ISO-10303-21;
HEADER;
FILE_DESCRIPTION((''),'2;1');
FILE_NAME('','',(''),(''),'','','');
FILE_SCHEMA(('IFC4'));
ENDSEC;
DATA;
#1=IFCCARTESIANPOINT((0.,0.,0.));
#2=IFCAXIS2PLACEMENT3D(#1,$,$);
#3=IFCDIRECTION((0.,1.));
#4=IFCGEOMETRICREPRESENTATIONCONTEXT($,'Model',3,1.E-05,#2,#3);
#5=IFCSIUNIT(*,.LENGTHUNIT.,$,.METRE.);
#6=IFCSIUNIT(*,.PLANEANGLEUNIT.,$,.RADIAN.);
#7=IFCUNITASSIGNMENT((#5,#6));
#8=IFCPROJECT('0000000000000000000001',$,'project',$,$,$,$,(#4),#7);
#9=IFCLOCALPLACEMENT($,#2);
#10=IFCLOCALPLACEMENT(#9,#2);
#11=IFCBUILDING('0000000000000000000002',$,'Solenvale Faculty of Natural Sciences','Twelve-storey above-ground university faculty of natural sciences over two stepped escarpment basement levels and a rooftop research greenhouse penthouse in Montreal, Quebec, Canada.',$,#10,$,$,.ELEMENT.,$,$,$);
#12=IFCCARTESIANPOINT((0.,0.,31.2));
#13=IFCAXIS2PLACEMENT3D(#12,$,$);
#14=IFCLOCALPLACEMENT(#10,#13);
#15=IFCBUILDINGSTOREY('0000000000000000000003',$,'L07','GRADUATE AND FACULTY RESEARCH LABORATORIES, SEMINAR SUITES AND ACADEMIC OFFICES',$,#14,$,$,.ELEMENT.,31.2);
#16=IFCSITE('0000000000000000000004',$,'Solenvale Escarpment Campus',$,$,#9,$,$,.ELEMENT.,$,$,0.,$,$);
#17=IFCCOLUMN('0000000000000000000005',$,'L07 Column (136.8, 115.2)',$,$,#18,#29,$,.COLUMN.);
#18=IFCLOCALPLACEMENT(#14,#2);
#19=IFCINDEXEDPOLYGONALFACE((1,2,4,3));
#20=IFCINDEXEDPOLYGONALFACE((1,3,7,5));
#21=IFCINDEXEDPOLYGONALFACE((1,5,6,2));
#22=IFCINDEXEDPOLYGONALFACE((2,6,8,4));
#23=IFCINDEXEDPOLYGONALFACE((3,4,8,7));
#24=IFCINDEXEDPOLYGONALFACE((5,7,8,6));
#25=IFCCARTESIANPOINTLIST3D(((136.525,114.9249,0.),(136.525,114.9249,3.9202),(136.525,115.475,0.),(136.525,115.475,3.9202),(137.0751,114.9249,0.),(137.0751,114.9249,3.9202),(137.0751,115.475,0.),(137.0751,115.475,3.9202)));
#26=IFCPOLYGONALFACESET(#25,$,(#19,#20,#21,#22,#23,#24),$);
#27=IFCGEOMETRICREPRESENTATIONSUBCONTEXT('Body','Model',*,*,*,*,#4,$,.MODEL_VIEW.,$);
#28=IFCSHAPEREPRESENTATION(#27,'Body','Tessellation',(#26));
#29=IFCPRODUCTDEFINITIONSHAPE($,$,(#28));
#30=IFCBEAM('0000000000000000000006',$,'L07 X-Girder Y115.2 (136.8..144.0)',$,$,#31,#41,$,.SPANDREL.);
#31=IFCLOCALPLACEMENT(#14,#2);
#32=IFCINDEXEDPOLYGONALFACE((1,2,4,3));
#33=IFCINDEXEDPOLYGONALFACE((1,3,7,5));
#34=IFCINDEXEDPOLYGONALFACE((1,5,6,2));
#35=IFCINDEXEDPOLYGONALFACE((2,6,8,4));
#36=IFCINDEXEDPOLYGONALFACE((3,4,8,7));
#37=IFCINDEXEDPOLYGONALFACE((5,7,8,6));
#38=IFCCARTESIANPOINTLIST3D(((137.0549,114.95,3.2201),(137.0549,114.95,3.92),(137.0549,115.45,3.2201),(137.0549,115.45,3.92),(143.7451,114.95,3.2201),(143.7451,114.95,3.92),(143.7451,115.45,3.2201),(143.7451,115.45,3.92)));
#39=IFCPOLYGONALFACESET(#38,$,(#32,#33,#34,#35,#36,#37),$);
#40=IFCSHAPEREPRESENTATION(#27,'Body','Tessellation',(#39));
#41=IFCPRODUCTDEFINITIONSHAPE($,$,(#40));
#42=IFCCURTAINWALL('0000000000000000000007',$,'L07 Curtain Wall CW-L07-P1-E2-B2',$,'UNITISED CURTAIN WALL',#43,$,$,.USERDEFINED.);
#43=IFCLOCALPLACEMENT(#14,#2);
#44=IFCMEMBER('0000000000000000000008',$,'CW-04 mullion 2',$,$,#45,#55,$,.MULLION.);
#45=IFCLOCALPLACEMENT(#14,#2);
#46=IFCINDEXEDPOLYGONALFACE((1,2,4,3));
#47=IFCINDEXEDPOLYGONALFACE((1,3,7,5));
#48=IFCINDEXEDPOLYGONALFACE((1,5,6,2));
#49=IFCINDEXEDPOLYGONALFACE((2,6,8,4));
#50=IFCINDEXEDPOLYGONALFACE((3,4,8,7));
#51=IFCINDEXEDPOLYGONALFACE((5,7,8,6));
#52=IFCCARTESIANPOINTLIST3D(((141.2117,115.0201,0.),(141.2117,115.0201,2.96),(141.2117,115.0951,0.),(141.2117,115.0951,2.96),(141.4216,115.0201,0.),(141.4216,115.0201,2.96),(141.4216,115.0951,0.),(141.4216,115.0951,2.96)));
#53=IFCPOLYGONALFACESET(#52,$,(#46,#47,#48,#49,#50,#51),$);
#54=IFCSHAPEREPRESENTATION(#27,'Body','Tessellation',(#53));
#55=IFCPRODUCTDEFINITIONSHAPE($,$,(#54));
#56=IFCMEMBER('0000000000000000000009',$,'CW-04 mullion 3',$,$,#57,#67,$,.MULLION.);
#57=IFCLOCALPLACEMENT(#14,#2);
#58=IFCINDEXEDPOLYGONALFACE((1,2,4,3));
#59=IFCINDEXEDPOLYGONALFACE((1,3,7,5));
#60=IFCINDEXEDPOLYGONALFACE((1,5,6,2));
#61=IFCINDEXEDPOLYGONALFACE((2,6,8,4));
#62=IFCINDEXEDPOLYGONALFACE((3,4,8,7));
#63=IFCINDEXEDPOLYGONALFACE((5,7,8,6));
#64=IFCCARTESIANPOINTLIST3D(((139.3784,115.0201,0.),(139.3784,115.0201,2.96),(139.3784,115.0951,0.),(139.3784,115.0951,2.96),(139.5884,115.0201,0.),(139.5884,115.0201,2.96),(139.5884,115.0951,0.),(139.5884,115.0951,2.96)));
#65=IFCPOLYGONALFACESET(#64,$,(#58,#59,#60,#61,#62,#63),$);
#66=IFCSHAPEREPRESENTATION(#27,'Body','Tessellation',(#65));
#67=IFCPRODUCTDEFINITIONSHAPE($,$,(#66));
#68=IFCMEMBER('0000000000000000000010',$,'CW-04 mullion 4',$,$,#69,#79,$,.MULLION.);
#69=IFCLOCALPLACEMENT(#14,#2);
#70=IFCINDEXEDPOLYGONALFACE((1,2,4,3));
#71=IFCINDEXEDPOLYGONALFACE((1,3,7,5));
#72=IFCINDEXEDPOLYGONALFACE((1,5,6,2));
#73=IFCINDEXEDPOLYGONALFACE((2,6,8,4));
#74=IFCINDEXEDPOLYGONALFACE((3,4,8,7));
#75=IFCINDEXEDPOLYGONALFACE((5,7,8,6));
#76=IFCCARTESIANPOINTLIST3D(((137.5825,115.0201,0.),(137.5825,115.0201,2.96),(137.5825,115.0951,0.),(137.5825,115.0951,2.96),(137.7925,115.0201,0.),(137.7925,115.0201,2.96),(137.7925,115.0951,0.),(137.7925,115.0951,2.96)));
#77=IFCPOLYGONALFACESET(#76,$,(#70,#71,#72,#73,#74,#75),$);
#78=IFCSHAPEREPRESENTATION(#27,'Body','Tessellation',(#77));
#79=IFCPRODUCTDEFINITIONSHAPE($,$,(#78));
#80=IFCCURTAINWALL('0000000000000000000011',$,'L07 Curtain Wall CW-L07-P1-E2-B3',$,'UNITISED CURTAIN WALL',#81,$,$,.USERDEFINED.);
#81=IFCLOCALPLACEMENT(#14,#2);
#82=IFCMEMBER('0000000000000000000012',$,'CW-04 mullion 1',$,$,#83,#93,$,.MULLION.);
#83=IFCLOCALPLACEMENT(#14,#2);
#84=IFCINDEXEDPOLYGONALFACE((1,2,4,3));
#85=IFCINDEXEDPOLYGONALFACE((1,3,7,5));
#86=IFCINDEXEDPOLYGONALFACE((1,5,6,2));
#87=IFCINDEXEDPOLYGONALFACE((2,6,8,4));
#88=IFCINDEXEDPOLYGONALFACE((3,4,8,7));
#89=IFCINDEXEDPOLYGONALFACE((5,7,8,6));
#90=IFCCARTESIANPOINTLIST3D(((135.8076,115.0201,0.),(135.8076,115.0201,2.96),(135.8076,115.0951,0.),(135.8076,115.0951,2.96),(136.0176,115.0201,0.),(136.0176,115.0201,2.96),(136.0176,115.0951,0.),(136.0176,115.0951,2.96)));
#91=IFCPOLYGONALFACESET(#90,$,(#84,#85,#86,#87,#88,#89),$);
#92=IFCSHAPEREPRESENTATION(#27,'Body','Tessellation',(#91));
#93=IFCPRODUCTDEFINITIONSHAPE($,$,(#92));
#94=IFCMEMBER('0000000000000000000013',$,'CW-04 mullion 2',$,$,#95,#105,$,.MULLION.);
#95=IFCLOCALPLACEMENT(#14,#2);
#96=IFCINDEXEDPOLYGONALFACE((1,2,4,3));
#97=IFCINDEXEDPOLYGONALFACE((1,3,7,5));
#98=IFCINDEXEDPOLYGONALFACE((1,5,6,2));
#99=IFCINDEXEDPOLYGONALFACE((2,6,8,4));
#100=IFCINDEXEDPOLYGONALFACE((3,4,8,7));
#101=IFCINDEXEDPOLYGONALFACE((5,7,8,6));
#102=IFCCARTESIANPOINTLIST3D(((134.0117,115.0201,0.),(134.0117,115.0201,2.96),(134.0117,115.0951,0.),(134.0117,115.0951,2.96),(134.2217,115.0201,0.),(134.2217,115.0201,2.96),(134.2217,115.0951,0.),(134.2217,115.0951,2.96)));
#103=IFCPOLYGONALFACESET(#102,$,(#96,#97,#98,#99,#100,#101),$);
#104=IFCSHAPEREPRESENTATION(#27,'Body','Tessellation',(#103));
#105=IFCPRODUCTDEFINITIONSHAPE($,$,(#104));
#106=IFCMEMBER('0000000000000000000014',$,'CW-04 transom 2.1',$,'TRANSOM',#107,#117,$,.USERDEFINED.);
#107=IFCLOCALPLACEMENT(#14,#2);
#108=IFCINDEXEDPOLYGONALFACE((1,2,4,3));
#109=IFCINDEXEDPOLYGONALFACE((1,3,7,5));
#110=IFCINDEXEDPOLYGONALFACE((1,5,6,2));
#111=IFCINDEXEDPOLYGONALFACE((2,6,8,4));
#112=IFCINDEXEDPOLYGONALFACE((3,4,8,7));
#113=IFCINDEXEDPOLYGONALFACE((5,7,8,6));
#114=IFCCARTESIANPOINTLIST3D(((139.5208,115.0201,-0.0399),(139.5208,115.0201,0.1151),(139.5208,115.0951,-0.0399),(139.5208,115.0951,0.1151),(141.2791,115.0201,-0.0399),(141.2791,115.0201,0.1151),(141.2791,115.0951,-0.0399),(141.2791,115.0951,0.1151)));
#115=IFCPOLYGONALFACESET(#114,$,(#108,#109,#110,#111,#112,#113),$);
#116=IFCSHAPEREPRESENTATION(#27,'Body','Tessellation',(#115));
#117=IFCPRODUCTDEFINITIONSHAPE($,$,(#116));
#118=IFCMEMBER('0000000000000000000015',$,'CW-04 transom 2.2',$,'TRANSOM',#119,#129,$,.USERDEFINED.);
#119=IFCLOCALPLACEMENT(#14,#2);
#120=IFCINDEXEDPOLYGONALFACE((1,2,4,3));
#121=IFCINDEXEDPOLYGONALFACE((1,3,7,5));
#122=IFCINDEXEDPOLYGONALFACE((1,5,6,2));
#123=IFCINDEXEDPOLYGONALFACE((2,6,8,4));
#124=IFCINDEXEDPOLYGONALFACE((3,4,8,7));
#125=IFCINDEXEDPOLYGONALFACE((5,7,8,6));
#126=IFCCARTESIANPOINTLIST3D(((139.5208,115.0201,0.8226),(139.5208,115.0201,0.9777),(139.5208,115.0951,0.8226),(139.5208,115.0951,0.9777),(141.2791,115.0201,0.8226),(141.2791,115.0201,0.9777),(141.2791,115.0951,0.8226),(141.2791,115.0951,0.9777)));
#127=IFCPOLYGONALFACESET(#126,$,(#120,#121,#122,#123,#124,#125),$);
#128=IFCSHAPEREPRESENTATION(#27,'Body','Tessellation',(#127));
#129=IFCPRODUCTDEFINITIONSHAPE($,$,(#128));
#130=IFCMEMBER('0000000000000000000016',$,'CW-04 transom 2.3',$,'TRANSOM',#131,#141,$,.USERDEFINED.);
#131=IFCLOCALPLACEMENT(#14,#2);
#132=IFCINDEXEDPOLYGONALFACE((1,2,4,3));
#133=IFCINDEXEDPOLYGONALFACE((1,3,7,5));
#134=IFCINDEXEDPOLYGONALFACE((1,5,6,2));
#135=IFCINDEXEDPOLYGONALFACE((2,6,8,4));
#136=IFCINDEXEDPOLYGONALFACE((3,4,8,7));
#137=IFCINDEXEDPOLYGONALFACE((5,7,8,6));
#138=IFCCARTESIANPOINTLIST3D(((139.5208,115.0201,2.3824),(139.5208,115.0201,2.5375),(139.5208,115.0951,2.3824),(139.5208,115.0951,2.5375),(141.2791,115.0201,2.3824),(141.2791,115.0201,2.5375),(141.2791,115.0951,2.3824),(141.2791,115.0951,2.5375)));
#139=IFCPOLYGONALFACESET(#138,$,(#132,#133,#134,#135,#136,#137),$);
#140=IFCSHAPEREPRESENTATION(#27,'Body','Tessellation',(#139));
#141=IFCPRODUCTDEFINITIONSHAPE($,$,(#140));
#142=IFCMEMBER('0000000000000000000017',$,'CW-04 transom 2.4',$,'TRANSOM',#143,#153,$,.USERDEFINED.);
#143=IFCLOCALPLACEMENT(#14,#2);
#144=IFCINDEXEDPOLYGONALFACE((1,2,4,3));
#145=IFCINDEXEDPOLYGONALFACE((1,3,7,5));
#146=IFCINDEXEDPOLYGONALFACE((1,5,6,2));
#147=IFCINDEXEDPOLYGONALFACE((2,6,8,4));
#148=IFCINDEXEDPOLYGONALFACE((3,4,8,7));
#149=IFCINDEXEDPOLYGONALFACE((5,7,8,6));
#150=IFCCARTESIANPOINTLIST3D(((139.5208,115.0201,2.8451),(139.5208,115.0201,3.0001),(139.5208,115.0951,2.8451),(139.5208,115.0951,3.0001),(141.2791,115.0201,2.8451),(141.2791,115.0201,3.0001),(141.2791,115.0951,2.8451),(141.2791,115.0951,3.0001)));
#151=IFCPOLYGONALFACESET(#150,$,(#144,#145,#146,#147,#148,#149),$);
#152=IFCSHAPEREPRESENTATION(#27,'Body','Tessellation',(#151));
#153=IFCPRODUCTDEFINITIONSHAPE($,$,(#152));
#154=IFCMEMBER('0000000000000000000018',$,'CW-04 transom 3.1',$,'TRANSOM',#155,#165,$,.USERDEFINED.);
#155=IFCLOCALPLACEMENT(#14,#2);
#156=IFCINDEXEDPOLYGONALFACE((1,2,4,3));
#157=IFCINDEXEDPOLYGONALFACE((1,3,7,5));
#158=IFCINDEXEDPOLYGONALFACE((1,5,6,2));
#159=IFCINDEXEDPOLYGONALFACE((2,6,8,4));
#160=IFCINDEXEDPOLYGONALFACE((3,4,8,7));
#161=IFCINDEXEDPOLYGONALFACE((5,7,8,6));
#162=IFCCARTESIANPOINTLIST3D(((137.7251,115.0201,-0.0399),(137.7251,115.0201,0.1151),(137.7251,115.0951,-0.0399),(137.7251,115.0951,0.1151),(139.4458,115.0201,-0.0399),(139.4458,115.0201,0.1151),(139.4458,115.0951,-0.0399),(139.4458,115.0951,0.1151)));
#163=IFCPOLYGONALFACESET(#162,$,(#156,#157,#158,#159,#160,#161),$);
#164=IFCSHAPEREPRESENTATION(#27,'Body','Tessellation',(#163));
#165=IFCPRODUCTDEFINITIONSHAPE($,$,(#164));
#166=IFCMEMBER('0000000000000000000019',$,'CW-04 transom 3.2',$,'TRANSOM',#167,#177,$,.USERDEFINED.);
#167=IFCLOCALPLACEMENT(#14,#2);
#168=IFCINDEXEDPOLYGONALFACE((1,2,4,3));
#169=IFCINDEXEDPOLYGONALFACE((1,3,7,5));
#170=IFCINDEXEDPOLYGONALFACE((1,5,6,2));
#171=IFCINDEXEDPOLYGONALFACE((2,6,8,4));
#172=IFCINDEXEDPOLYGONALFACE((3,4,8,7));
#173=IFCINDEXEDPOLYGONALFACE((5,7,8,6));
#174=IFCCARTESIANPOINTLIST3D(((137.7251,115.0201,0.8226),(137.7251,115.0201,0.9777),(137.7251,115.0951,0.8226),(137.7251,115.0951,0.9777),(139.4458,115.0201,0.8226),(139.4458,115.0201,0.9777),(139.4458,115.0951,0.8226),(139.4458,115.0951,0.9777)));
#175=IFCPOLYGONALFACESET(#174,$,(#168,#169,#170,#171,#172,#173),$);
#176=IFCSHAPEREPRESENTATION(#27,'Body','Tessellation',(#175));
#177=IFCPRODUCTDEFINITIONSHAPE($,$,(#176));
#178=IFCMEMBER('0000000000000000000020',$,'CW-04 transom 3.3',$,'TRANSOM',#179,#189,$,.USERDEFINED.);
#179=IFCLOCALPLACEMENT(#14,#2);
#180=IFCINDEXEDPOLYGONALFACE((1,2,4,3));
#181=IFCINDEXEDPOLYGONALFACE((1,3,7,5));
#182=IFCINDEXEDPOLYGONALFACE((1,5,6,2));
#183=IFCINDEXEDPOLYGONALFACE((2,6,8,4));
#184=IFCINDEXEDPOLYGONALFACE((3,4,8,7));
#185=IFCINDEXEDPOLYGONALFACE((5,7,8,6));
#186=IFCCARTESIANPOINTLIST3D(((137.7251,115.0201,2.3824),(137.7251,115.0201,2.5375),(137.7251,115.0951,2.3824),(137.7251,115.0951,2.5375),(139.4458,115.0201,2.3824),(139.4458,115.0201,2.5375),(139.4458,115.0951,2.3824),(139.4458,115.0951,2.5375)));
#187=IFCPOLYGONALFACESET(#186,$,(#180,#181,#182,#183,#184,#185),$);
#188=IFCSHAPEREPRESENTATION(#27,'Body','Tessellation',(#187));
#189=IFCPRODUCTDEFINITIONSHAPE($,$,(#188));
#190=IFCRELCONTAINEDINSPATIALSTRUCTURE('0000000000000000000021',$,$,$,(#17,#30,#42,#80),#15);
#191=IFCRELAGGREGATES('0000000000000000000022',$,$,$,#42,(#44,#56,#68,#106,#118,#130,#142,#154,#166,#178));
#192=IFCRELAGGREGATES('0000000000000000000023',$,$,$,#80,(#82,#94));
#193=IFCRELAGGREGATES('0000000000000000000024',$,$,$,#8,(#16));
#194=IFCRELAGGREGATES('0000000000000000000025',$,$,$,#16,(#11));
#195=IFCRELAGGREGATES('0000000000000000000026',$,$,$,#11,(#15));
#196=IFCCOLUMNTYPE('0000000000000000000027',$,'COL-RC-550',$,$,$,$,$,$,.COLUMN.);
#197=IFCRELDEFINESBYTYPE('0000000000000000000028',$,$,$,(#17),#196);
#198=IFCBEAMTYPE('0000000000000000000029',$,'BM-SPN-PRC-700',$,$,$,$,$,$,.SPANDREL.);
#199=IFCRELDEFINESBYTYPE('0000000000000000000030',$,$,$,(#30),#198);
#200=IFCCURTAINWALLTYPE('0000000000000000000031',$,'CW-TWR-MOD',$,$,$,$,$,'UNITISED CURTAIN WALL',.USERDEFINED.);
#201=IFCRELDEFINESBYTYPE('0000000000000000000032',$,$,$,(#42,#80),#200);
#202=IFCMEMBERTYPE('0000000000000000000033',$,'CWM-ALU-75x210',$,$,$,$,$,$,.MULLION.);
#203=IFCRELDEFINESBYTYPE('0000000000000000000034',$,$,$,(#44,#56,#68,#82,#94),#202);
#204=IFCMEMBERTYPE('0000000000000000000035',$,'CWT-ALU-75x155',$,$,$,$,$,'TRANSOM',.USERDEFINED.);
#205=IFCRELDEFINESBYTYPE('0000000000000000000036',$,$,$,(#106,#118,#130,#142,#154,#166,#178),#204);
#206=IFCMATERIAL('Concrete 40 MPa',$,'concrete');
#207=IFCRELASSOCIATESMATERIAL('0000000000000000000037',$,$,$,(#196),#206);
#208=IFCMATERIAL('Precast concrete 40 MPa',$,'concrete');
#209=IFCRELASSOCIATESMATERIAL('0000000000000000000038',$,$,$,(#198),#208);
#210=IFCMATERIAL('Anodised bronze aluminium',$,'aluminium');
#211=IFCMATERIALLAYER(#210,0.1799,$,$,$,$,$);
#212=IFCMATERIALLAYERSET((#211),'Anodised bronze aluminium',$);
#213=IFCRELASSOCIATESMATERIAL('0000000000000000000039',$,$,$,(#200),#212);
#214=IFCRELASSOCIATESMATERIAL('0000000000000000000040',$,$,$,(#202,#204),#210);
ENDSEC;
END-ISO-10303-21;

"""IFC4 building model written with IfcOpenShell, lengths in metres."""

from ifc_helpers import new_model, si_unit, direction, frame, origin, origin_2d, place, context, subcontext, project, spatial, rectangle, extrude, material, layer, layer_set, material_profile, profile_set, type_object, element, aggregate, save


model = new_model("IFC4")

# Units and contexts
model_context = context("Model", 3, precision=1e-05, world=origin(), true_north=direction((0.0, 1.0)))
body_context = subcontext(model_context, "Body", "Model", "MODEL_VIEW")
ifc_project = project(units=[si_unit("LENGTHUNIT", "METRE"), si_unit("PLANEANGLEUNIT", "RADIAN")], contexts=[model_context])

# Site, building, storey
site_placement = place(None, origin())
site = spatial("IfcSite", under=ifc_project, at=site_placement, Name="Solenvale Escarpment Campus", CompositionType="ELEMENT", RefElevation=0.0)
building_placement = place(site_placement, origin())
building = spatial("IfcBuilding", under=site, at=building_placement, Name="Solenvale Faculty of Natural Sciences", Description="Twelve-storey above-ground university faculty of natural sciences over two stepped escarpment basement levels and a rooftop research greenhouse penthouse in Montreal, Quebec, Canada.", CompositionType="ELEMENT")
storey_placement = place(building_placement, frame((0.0, 0.0, 31.2)))
storey = spatial("IfcBuildingStorey", under=building, at=storey_placement, Name="L07", Description="GRADUATE AND FACULTY RESEARCH LABORATORIES, SEMINAR SUITES AND ACADEMIC OFFICES", CompositionType="ELEMENT", Elevation=31.2)

# Column
ifc_material_1 = material(Name="Concrete 40 MPa", Category="concrete")
ifc_material_profile_1 = material_profile(ifc_material_1, rectangle(XDim=0.55, YDim=0.55, at=origin_2d()), Name="RC-COL-550x550")
ifc_profile_set_1 = profile_set([ifc_material_profile_1], Name="Concrete 40 MPa")
column_type = type_object("IfcColumnType", Name="COL-RC-550", PredefinedType="COLUMN", material=ifc_profile_set_1)
column_placement = place(storey_placement, frame((136.8, 115.2, 0.0), z_axis=(0.0, 0.0, 1.0), x_axis=(1.0, 0.0, 0.0)))
element("IfcColumn", 1, at=column_placement, inside=storey, type_object=column_type, Name="L07 Column (136.8, 115.2)", PredefinedType="COLUMN", context=body_context, shape_type="SweptSolid", body=[
    extrude(rectangle(XDim=0.55, YDim=0.55, at=origin_2d()), origin(), (0.0, 0.0, 1.0), 3.9202),
])

# Beam
ifc_material_2 = material(Name="Precast concrete 40 MPa", Category="concrete")
ifc_material_profile_2 = material_profile(ifc_material_2, rectangle(XDim=0.5, YDim=0.7, at=origin_2d()), Name="RC-BM-500x700")
ifc_profile_set_2 = profile_set([ifc_material_profile_2], Name="Precast concrete 40 MPa")
beam_type = type_object("IfcBeamType", Name="BM-SPN-PRC-700", PredefinedType="SPANDREL", material=ifc_profile_set_2)
beam_placement = place(storey_placement, frame((137.0549, 115.2, 3.5701), z_axis=(1.0, 0.0, 0.0), x_axis=(0.0, 1.0, 0.0)))
element("IfcBeam", 2, at=beam_placement, inside=storey, type_object=beam_type, Name="L07 X-Girder Y115.2 (136.8..144.0)", PredefinedType="SPANDREL", context=body_context, shape_type="SweptSolid", body=[
    extrude(rectangle(XDim=0.5, YDim=0.7, at=origin_2d()), origin(), (0.0, 0.0, 1.0), 6.6902),
])

# Curtain walls, members
ifc_material_3 = material(Name="Anodised bronze aluminium", Category="aluminium")
ifc_layer_1 = layer(ifc_material_3, 0.1799)
ifc_layer_set_1 = layer_set([ifc_layer_1], Name="Anodised bronze aluminium")
curtain_wall_type = type_object("IfcCurtainWallType", Name="CW-TWR-MOD", ElementType="UNITISED CURTAIN WALL", PredefinedType="USERDEFINED", material=ifc_layer_set_1)
curtain_wall_1_placement = place(storey_placement, origin())
curtain_wall_1 = element("IfcCurtainWall", 3, at=curtain_wall_1_placement, inside=storey, type_object=curtain_wall_type, Name="L07 Curtain Wall CW-L07-P1-E2-B2", ObjectType="UNITISED CURTAIN WALL", PredefinedType="USERDEFINED")
ifc_material_profile_3 = material_profile(ifc_material_3, rectangle(XDim=0.075, YDim=0.21, at=origin_2d()), Name="ALU-MUL-75x210")
ifc_profile_set_3 = profile_set([ifc_material_profile_3], Name="Anodised bronze aluminium")
member_type_1 = type_object("IfcMemberType", Name="CWM-ALU-75x210", PredefinedType="MULLION", material=ifc_profile_set_3)
member_1_placement = place(storey_placement, frame((141.3167, 115.0576, 0.0), z_axis=(0.0, 0.0, 1.0), x_axis=(0.0, -1.0, 0.0)))
member_1 = element("IfcMember", 4, at=member_1_placement, type_object=member_type_1, Name="CW-04 mullion 2", PredefinedType="MULLION", context=body_context, shape_type="SweptSolid", body=[
    extrude(rectangle(XDim=0.075, YDim=0.21, at=origin_2d()), origin(), (0.0, 0.0, 1.0), 2.96),
])
member_2_placement = place(storey_placement, frame((139.4834, 115.0576, 0.0), z_axis=(0.0, 0.0, 1.0), x_axis=(0.0, -1.0, 0.0)))
member_2 = element("IfcMember", 5, at=member_2_placement, type_object=member_type_1, Name="CW-04 mullion 3", PredefinedType="MULLION", context=body_context, shape_type="SweptSolid", body=[
    extrude(rectangle(XDim=0.075, YDim=0.21, at=origin_2d()), origin(), (0.0, 0.0, 1.0), 2.96),
])
member_3_placement = place(storey_placement, frame((137.6875, 115.0576, 0.0), z_axis=(0.0, 0.0, 1.0), x_axis=(0.0, -1.0, 0.0)))
member_3 = element("IfcMember", 6, at=member_3_placement, type_object=member_type_1, Name="CW-04 mullion 4", PredefinedType="MULLION", context=body_context, shape_type="SweptSolid", body=[
    extrude(rectangle(XDim=0.075, YDim=0.21, at=origin_2d()), origin(), (0.0, 0.0, 1.0), 2.96),
])
curtain_wall_2_placement = place(storey_placement, origin())
curtain_wall_2 = element("IfcCurtainWall", 7, at=curtain_wall_2_placement, inside=storey, type_object=curtain_wall_type, Name="L07 Curtain Wall CW-L07-P1-E2-B3", ObjectType="UNITISED CURTAIN WALL", PredefinedType="USERDEFINED")
member_4_placement = place(storey_placement, frame((135.9126, 115.0576, 0.0), z_axis=(0.0, 0.0, 1.0), x_axis=(0.0, -1.0, 0.0)))
member_4 = element("IfcMember", 8, at=member_4_placement, type_object=member_type_1, Name="CW-04 mullion 1", PredefinedType="MULLION", context=body_context, shape_type="SweptSolid", body=[
    extrude(rectangle(XDim=0.075, YDim=0.21, at=origin_2d()), origin(), (0.0, 0.0, 1.0), 2.96),
])
member_5_placement = place(storey_placement, frame((134.1167, 115.0576, 0.0), z_axis=(0.0, 0.0, 1.0), x_axis=(0.0, -1.0, 0.0)))
member_5 = element("IfcMember", 9, at=member_5_placement, type_object=member_type_1, Name="CW-04 mullion 2", PredefinedType="MULLION", context=body_context, shape_type="SweptSolid", body=[
    extrude(rectangle(XDim=0.075, YDim=0.21, at=origin_2d()), origin(), (0.0, 0.0, 1.0), 2.96),
])

# Members
ifc_material_profile_4 = material_profile(ifc_material_3, rectangle(XDim=0.075, YDim=0.155, at=origin_2d()), Name="ALU-TRN-75x155")
ifc_profile_set_4 = profile_set([ifc_material_profile_4], Name="Anodised bronze aluminium")
member_type_2 = type_object("IfcMemberType", Name="CWT-ALU-75x155", ElementType="TRANSOM", PredefinedType="USERDEFINED", material=ifc_profile_set_4)
member_6_placement = place(storey_placement, frame((141.2791, 115.0576, 0.0376), z_axis=(-1.0, 0.0, 0.0), x_axis=(0.0, -1.0, 0.0)))
member_6 = element("IfcMember", 10, at=member_6_placement, type_object=member_type_2, Name="CW-04 transom 2.1", ObjectType="TRANSOM", PredefinedType="USERDEFINED", context=body_context, shape_type="SweptSolid", body=[
    extrude(rectangle(XDim=0.075, YDim=0.155, at=origin_2d()), origin(), (0.0, 0.0, 1.0), 1.7583),
])
member_7_placement = place(storey_placement, frame((141.2791, 115.0576, 0.9001), z_axis=(-1.0, 0.0, 0.0), x_axis=(0.0, -1.0, 0.0)))
member_7 = element("IfcMember", 11, at=member_7_placement, type_object=member_type_2, Name="CW-04 transom 2.2", ObjectType="TRANSOM", PredefinedType="USERDEFINED", context=body_context, shape_type="SweptSolid", body=[
    extrude(rectangle(XDim=0.075, YDim=0.155, at=origin_2d()), origin(), (0.0, 0.0, 1.0), 1.7583),
])
member_8_placement = place(storey_placement, frame((141.2791, 115.0576, 2.46), z_axis=(-1.0, 0.0, 0.0), x_axis=(0.0, -1.0, 0.0)))
member_8 = element("IfcMember", 12, at=member_8_placement, type_object=member_type_2, Name="CW-04 transom 2.3", ObjectType="TRANSOM", PredefinedType="USERDEFINED", context=body_context, shape_type="SweptSolid", body=[
    extrude(rectangle(XDim=0.075, YDim=0.155, at=origin_2d()), origin(), (0.0, 0.0, 1.0), 1.7583),
])
member_9_placement = place(storey_placement, frame((141.2791, 115.0576, 2.9226), z_axis=(-1.0, 0.0, 0.0), x_axis=(0.0, -1.0, 0.0)))
member_9 = element("IfcMember", 13, at=member_9_placement, type_object=member_type_2, Name="CW-04 transom 2.4", ObjectType="TRANSOM", PredefinedType="USERDEFINED", context=body_context, shape_type="SweptSolid", body=[
    extrude(rectangle(XDim=0.075, YDim=0.155, at=origin_2d()), origin(), (0.0, 0.0, 1.0), 1.7583),
])
member_10_placement = place(storey_placement, frame((139.4458, 115.0576, 0.0376), z_axis=(-1.0, 0.0, 0.0), x_axis=(0.0, -1.0, 0.0)))
member_10 = element("IfcMember", 14, at=member_10_placement, type_object=member_type_2, Name="CW-04 transom 3.1", ObjectType="TRANSOM", PredefinedType="USERDEFINED", context=body_context, shape_type="SweptSolid", body=[
    extrude(rectangle(XDim=0.075, YDim=0.155, at=origin_2d()), origin(), (0.0, 0.0, 1.0), 1.7207),
])
member_11_placement = place(storey_placement, frame((139.4458, 115.0576, 0.9001), z_axis=(-1.0, 0.0, 0.0), x_axis=(0.0, -1.0, 0.0)))
member_11 = element("IfcMember", 15, at=member_11_placement, type_object=member_type_2, Name="CW-04 transom 3.2", ObjectType="TRANSOM", PredefinedType="USERDEFINED", context=body_context, shape_type="SweptSolid", body=[
    extrude(rectangle(XDim=0.075, YDim=0.155, at=origin_2d()), origin(), (0.0, 0.0, 1.0), 1.7207),
])
member_12_placement = place(storey_placement, frame((139.4458, 115.0576, 2.46), z_axis=(-1.0, 0.0, 0.0), x_axis=(0.0, -1.0, 0.0)))
member_12 = element("IfcMember", 16, at=member_12_placement, type_object=member_type_2, Name="CW-04 transom 3.3", ObjectType="TRANSOM", PredefinedType="USERDEFINED", context=body_context, shape_type="SweptSolid", body=[
    extrude(rectangle(XDim=0.075, YDim=0.155, at=origin_2d()), origin(), (0.0, 0.0, 1.0), 1.7207),
])

aggregate(curtain_wall_1, [member_1, member_2, member_3, member_6, member_7, member_8, member_9, member_10, member_11, member_12])
aggregate(curtain_wall_2, [member_4, member_5])

save(model, "model.ifc")
